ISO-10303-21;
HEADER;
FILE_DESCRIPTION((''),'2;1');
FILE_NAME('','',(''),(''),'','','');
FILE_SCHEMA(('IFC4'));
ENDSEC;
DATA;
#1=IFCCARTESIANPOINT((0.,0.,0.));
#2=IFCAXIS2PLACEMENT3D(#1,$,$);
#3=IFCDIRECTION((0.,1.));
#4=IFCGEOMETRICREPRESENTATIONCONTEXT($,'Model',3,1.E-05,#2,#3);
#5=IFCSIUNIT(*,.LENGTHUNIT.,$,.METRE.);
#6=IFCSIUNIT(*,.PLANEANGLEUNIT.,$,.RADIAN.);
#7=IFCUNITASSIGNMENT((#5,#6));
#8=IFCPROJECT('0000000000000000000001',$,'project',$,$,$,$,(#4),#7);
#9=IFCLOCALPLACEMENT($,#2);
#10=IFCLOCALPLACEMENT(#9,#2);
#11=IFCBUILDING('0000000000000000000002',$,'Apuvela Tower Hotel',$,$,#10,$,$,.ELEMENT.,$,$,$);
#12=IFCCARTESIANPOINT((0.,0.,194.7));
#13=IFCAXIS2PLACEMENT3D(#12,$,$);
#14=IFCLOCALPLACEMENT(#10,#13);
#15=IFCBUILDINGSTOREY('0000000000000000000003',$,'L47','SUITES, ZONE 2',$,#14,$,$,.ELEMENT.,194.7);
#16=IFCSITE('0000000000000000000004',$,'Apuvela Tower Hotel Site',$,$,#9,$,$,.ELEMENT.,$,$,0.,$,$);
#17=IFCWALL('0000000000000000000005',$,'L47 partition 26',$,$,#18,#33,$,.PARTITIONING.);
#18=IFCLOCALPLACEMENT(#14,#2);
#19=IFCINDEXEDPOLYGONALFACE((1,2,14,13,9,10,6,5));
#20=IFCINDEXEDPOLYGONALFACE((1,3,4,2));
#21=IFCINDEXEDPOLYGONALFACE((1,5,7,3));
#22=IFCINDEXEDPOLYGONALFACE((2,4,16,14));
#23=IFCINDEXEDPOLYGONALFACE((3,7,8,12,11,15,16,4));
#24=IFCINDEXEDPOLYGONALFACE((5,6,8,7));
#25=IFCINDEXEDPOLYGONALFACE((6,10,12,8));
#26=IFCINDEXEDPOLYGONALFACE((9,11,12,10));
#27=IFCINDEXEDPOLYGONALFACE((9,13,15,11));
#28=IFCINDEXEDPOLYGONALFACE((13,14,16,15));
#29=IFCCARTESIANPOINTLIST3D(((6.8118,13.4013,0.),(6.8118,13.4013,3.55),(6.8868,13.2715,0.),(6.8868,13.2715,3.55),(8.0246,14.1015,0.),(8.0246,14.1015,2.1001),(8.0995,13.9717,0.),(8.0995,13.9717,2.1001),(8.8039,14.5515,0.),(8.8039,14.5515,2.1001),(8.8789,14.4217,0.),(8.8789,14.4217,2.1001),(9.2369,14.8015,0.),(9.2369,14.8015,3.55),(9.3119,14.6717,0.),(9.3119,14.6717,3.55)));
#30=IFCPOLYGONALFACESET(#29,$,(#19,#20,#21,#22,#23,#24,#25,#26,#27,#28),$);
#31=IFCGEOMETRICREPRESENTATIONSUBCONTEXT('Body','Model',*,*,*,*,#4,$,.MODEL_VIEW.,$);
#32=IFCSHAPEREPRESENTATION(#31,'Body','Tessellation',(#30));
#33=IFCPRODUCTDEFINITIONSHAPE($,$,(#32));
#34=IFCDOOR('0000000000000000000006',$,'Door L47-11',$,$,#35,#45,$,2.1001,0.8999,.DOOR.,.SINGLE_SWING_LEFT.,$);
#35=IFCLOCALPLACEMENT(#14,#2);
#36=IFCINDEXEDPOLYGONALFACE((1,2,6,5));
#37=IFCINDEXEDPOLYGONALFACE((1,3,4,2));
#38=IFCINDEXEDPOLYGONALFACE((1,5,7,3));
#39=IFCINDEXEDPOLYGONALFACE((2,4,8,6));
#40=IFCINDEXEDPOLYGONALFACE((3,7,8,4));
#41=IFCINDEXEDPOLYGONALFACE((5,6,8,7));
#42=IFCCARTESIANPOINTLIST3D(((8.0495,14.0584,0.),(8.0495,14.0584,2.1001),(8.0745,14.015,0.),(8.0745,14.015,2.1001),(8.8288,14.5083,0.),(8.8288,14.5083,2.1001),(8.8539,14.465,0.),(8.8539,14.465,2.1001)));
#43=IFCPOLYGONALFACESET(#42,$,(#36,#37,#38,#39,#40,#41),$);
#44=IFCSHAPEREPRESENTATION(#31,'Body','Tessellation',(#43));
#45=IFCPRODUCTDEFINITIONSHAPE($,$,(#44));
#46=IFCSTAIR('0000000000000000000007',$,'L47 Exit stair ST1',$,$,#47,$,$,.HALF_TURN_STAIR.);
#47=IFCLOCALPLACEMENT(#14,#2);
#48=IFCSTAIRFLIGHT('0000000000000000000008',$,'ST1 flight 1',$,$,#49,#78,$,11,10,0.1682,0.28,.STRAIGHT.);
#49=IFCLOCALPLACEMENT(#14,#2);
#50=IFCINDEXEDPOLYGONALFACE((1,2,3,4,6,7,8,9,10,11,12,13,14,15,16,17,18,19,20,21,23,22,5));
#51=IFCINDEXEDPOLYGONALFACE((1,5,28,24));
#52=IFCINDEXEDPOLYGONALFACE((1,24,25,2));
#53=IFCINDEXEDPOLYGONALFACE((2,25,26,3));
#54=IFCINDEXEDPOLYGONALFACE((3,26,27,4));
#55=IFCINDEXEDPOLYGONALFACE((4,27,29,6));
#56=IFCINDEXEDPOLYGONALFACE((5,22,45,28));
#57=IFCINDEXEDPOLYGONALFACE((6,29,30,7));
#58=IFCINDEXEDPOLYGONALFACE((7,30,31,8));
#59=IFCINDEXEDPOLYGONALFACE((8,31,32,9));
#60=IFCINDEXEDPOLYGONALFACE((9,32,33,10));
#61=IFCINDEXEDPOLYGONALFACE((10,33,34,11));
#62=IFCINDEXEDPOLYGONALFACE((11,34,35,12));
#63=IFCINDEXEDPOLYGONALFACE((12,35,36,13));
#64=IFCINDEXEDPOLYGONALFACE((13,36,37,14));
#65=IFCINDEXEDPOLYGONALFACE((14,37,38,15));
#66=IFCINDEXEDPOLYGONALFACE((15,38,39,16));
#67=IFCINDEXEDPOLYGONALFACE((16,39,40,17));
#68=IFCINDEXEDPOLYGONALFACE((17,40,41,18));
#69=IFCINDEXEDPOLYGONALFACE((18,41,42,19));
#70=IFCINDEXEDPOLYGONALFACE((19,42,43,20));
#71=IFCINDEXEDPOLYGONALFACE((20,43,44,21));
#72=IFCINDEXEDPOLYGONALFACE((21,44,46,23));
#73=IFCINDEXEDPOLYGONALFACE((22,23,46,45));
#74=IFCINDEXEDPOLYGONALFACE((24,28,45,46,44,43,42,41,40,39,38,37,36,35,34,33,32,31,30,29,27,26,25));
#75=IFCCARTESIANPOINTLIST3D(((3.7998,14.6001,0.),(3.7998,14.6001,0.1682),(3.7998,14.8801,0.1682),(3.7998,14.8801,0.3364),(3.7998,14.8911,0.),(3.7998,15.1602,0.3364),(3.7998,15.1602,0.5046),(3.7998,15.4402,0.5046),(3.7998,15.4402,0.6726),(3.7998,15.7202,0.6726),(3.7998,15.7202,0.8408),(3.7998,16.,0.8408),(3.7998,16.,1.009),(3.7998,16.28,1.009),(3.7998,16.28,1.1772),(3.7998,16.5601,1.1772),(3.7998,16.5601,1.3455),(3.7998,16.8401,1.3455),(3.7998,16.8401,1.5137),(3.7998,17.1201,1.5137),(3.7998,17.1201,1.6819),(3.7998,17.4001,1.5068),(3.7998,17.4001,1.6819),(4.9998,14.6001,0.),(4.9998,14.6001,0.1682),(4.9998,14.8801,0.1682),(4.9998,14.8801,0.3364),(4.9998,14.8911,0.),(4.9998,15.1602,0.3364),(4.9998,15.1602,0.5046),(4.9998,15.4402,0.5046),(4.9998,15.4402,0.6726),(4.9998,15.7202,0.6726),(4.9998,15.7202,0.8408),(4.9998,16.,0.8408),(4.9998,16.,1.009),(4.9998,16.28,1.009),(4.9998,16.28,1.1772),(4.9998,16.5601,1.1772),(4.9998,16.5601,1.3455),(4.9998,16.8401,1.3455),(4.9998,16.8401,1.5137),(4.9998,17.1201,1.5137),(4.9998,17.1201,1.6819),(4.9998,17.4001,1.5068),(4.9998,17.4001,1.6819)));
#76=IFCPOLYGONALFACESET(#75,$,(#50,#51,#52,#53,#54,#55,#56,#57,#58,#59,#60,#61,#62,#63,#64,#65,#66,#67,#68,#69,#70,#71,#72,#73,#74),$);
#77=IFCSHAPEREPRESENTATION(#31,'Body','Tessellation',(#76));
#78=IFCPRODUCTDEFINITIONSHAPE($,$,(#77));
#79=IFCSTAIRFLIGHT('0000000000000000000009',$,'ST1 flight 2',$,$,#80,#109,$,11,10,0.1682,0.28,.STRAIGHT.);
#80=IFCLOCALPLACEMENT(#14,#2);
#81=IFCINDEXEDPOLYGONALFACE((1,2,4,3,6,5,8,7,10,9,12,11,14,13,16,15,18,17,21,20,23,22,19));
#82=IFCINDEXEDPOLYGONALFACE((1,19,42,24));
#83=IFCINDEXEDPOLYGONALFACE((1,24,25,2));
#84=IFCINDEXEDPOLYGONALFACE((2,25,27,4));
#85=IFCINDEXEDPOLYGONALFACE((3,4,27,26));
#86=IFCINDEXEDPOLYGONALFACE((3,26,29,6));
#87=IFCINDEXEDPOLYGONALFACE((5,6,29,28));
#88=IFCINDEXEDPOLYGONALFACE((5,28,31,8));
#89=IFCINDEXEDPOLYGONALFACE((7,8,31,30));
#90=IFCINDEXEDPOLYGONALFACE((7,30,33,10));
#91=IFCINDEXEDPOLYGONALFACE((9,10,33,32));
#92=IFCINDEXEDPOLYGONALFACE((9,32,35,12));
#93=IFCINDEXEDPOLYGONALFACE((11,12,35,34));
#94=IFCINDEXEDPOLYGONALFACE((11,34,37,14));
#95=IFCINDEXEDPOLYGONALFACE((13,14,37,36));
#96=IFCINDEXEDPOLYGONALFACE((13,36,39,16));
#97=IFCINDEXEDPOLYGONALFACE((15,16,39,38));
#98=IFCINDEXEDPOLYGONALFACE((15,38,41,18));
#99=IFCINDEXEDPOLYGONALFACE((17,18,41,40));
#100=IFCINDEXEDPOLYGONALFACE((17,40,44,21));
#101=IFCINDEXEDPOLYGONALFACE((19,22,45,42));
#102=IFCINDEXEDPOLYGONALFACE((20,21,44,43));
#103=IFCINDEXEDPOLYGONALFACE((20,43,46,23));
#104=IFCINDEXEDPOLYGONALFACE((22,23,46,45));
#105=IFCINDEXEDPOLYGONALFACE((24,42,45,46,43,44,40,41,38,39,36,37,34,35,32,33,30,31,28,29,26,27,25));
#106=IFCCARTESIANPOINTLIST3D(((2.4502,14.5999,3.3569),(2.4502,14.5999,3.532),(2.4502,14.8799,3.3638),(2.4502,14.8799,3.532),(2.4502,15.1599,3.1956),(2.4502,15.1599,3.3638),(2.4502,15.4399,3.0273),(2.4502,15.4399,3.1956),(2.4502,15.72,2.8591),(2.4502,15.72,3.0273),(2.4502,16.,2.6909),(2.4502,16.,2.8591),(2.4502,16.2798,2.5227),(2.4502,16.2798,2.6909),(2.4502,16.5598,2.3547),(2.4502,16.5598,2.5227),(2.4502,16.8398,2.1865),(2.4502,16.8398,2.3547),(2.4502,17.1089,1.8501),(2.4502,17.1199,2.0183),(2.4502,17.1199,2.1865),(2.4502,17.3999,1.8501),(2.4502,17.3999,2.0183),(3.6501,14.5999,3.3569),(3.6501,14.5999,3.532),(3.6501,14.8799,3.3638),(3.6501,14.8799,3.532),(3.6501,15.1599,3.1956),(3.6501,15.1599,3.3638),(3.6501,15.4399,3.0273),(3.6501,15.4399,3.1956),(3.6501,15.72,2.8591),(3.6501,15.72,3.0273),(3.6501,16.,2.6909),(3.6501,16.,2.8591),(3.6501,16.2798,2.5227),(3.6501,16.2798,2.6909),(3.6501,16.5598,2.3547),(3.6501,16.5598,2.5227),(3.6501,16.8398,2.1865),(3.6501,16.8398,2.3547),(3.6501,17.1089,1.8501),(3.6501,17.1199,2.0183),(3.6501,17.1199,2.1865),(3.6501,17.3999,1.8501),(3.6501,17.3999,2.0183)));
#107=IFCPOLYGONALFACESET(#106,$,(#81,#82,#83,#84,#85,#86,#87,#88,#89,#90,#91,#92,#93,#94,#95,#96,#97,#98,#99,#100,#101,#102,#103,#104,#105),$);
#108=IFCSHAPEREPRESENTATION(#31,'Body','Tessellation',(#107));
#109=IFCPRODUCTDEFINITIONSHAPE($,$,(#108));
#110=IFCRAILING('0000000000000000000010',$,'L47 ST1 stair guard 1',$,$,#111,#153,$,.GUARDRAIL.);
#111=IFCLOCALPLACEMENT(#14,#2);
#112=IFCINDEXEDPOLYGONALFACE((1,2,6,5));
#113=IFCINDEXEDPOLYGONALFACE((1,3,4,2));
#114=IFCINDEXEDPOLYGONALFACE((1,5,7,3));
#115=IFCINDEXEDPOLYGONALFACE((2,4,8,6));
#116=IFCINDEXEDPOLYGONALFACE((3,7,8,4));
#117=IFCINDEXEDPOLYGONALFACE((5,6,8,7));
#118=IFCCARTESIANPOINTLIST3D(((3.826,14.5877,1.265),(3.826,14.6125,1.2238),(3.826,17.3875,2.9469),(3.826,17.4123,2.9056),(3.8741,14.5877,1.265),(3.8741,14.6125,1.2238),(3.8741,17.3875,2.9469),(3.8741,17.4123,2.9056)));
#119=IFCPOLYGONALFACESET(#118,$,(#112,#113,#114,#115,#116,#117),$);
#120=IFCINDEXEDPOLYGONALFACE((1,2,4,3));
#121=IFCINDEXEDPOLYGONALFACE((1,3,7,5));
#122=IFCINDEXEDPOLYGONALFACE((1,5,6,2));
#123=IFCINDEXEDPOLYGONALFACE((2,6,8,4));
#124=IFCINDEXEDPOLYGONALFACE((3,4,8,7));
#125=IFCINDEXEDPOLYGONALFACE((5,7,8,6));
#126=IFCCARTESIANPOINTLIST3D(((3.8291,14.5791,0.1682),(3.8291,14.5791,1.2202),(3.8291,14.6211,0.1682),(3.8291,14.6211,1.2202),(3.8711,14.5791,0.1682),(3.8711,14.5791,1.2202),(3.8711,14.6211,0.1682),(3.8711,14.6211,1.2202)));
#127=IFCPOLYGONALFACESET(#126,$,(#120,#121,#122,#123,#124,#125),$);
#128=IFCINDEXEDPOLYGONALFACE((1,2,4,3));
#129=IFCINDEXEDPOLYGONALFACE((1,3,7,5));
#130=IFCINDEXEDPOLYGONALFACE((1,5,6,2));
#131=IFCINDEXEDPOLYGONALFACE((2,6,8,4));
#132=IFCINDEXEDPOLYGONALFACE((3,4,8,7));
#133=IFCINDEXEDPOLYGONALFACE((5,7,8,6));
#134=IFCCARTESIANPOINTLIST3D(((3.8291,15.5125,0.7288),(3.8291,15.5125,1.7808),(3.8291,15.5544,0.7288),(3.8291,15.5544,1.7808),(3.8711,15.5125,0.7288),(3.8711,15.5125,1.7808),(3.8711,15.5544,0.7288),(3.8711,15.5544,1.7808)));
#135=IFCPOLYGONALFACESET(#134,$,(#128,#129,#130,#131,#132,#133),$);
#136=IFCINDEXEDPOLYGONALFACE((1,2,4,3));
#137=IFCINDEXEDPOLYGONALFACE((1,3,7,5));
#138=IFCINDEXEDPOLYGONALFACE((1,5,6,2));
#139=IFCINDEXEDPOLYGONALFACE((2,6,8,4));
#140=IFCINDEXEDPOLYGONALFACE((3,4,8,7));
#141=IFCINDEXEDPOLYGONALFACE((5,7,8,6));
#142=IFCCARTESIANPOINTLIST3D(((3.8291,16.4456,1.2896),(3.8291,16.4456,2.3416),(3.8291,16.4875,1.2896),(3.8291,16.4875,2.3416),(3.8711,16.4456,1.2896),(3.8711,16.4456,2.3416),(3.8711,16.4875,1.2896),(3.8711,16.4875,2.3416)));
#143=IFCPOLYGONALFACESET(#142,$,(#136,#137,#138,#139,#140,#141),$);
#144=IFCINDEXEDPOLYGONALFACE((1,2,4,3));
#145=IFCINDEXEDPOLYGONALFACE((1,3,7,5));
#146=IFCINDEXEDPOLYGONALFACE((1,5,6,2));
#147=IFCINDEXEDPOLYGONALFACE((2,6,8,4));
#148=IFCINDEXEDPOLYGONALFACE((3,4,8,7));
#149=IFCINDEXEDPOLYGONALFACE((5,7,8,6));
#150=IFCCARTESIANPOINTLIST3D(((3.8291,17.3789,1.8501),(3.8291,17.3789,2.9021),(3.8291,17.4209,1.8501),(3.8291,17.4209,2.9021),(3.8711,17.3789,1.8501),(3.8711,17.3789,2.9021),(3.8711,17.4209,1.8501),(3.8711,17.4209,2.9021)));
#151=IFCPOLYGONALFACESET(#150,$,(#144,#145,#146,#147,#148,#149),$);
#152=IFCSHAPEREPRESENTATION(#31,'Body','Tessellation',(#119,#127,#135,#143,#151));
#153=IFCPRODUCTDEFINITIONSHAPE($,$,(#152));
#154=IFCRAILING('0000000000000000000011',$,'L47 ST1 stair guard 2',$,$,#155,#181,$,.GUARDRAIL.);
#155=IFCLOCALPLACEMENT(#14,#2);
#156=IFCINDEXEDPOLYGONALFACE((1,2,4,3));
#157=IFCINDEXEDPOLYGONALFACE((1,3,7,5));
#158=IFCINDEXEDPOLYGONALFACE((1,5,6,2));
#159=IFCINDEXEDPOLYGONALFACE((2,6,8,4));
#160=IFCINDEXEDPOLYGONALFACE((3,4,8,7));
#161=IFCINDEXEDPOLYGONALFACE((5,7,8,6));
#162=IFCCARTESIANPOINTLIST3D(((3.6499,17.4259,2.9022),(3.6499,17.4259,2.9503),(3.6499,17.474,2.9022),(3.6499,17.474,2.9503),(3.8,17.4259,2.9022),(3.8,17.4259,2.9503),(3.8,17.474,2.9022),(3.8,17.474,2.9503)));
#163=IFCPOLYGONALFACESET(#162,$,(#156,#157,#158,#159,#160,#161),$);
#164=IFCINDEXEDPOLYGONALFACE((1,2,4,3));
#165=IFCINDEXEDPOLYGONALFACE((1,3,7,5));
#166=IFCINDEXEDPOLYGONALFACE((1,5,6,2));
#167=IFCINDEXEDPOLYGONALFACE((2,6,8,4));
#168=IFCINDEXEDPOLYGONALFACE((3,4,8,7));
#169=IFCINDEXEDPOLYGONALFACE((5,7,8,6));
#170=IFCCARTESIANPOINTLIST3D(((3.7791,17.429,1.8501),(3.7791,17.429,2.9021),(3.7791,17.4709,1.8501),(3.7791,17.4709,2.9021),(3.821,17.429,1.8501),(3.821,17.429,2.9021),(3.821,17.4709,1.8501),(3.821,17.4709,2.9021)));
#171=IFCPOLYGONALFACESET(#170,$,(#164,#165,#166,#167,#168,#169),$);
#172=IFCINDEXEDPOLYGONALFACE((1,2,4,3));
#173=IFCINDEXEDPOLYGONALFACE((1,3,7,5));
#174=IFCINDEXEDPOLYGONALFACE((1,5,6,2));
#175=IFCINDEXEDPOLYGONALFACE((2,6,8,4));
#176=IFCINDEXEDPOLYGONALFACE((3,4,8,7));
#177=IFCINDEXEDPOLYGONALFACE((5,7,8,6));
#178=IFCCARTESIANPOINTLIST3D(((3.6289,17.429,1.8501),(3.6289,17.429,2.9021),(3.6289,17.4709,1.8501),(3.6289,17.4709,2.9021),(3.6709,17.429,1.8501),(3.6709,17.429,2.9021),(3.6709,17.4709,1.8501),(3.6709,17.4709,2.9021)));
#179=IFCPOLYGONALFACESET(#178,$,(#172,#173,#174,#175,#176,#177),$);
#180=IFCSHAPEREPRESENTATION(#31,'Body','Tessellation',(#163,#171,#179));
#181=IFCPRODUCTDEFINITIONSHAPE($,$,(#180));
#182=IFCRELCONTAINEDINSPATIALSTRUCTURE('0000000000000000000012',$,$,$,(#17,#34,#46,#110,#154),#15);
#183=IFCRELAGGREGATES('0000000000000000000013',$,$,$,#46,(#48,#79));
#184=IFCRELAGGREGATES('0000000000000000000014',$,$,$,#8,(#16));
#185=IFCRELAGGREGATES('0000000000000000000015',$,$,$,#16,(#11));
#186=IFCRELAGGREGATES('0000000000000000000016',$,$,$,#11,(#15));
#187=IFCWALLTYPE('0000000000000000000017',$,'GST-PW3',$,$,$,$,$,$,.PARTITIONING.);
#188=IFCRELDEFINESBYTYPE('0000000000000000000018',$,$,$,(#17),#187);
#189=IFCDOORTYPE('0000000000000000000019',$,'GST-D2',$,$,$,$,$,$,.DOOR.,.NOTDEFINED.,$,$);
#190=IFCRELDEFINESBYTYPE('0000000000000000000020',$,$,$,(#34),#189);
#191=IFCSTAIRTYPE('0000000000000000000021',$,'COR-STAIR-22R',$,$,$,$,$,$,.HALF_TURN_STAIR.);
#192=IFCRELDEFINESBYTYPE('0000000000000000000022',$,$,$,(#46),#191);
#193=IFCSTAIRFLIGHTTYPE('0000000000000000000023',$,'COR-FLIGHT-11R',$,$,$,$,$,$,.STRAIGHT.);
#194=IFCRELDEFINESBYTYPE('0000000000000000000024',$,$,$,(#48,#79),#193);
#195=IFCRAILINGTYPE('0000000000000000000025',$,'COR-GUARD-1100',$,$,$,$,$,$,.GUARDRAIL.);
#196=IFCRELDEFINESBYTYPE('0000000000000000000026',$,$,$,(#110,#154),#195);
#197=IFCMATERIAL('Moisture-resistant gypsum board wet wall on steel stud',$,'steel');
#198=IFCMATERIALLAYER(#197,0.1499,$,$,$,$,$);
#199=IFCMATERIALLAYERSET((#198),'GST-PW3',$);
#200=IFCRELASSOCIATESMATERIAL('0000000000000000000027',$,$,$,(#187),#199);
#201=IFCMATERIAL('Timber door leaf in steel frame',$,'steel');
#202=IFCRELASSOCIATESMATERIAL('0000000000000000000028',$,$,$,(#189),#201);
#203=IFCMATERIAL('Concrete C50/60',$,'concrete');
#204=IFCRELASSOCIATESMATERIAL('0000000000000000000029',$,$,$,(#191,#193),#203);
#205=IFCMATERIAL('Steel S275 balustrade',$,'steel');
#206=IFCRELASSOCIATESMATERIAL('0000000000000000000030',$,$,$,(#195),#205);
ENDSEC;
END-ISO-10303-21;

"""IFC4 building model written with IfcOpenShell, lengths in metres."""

from ifc_helpers import new_model, si_unit, direction, frame, frame_2d, origin, origin_2d, place, context, subcontext, project, spatial, polyline, rectangle, outline, extrude, material, layer, layer_set, type_object, element, fill, aggregate, save


model = new_model("IFC4")

# Units and contexts
model_context = context("Model", 3, precision=1e-05, world=origin(), true_north=direction((0.0, 1.0)))
body_context = subcontext(model_context, "Body", "Model", "MODEL_VIEW")
ifc_project = project(units=[si_unit("LENGTHUNIT", "METRE"), si_unit("PLANEANGLEUNIT", "RADIAN")], contexts=[model_context])

# Site, building, storey
site_placement = place(None, origin())
site = spatial("IfcSite", under=ifc_project, at=site_placement, Name="Apuvela Tower Hotel Site", CompositionType="ELEMENT", RefElevation=0.0)
building_placement = place(site_placement, origin())
building = spatial("IfcBuilding", under=site, at=building_placement, Name="Apuvela Tower Hotel", CompositionType="ELEMENT")
storey_placement = place(building_placement, frame((0.0, 0.0, 194.7)))
storey = spatial("IfcBuildingStorey", under=building, at=storey_placement, Name="L47", Description="SUITES, ZONE 2", CompositionType="ELEMENT", Elevation=194.7)

# Shared definitions
ifc_material_1 = material(Name="Concrete C50/60", Category="concrete")

# Wall, opening, door
ifc_material_2 = material(Name="Moisture-resistant gypsum board wet wall on steel stud", Category="steel")
ifc_layer_1 = layer(ifc_material_2, 0.1499)
ifc_layer_set_1 = layer_set([ifc_layer_1], Name="GST-PW3")
wall_type_1 = type_object("IfcWallType", Name="GST-PW3", PredefinedType="PARTITIONING", material=ifc_layer_set_1)
wall_1_placement = place(storey_placement, frame((9.2744, 14.7366, 0.0), z_axis=(0.0, 0.0, 1.0), x_axis=(-0.866019, -0.500012, 0.0)))
wall_1 = element("IfcWall", 1, at=wall_1_placement, inside=storey, type_object=wall_type_1, Name="L47 partition 26", PredefinedType="PARTITIONING", context=body_context, shape_type="SweptSolid", body=[
    extrude(rectangle(XDim=2.8003, YDim=0.1499, at=frame_2d((1.4001, 0.0))), origin(), (0.0, 0.0, 1.0), 3.55),
])
opening_1_placement = place(wall_1_placement, frame((0.5, 0.0, 0.0)))
opening_1 = element("IfcOpeningElement", 2, at=opening_1_placement, cuts=wall_1, PredefinedType="OPENING", context=body_context, shape_type="SweptSolid", body=[
    extrude(rectangle(XDim=0.8999, YDim=2.1001, at=frame_2d((0.45, 1.05))), frame((0.0, 0.085, 0.0), z_axis=(0.0, -1.0, 0.0), x_axis=(1.0, 0.0, 0.0)), (0.0, 0.0, 1.0), 0.1699),
])
ifc_material_3 = material(Name="Timber door leaf in steel frame", Category="steel")
door_type_1 = type_object("IfcDoorType", Name="GST-D2", OperationType="NOTDEFINED", PredefinedType="DOOR", material=ifc_material_3)
door_1_placement = place(opening_1_placement, origin())
door_1 = element("IfcDoor", 3, at=door_1_placement, inside=storey, type_object=door_type_1, Name="Door L47-11", OperationType="SINGLE_SWING_LEFT", OverallHeight=2.1001, OverallWidth=0.8999, PredefinedType="DOOR", context=body_context, shape_type="SweptSolid", body=[
    extrude(rectangle(XDim=0.8999, YDim=2.1001, at=frame_2d((0.45, 1.05))), frame((0.0, 0.0249, 0.0), z_axis=(0.0, -1.0, 0.0), x_axis=(1.0, 0.0, 0.0)), (0.0, 0.0, 1.0), 0.05),
])
fill(opening_1, door_1)

# Stair, stair flights
stair_type = type_object("IfcStairType", Name="COR-STAIR-22R", PredefinedType="HALF_TURN_STAIR", material=ifc_material_1)
stair_placement = place(storey_placement, origin())
stair = element("IfcStair", 4, at=stair_placement, inside=storey, type_object=stair_type, Name="L47 Exit stair ST1", PredefinedType="HALF_TURN_STAIR")
stair_flight_type = type_object("IfcStairFlightType", Name="COR-FLIGHT-11R", PredefinedType="STRAIGHT", material=ifc_material_1)
stair_flight_1_placement = place(storey_placement, frame((4.3999, 14.6001, 0.0), z_axis=(0.0, 0.0, 1.0), x_axis=(0.0, 1.0, 0.0)))
stair_flight_1 = element("IfcStairFlight", 5, at=stair_flight_1_placement, type_object=stair_flight_type, Name="ST1 flight 1", NumberOfRisers=11, NumberOfTreads=10, PredefinedType="STRAIGHT", RiserHeight=0.1682, TreadLength=0.28, context=body_context, shape_type="SweptSolid", body=[
    extrude(outline(polyline([(0.0, 0.0), (0.0, 0.1682), (0.28, 0.1682), (0.28, 0.3364), (0.5601, 0.3364), (0.5601, 0.5046), (0.8401, 0.5046), (0.8401, 0.6726), (1.1201, 0.6726), (1.1201, 0.8408), (1.3999, 0.8408), (1.3999, 1.009), (1.6799, 1.009), (1.6799, 1.1772), (1.96, 1.1772), (1.96, 1.3455), (2.24, 1.3455), (2.24, 1.5137), (2.52, 1.5137), (2.52, 1.6819), (2.8, 1.6819), (2.8, 1.8501), (2.8, 1.5068), (0.291, 0.0), (0.0, 0.0)])), frame((0.0, 0.6001, 0.0), z_axis=(0.0, -1.0, 0.0), x_axis=(1.0, 0.0, 0.0)), (0.0, 0.0, 1.0), 1.2),
])
stair_flight_2_placement = place(storey_placement, frame((3.05, 17.3999, 1.8501), z_axis=(0.0, 0.0, 1.0), x_axis=(0.0, -1.0, 0.0)))
stair_flight_2 = element("IfcStairFlight", 6, at=stair_flight_2_placement, type_object=stair_flight_type, Name="ST1 flight 2", NumberOfRisers=11, NumberOfTreads=10, PredefinedType="STRAIGHT", RiserHeight=0.1682, TreadLength=0.28, context=body_context, shape_type="SweptSolid", body=[
    extrude(outline(polyline([(0.0, 0.0), (0.0, 0.1682), (0.28, 0.1682), (0.28, 0.3364), (0.5601, 0.3364), (0.5601, 0.5046), (0.8401, 0.5046), (0.8401, 0.6726), (1.1201, 0.6726), (1.1201, 0.8408), (1.3999, 0.8408), (1.3999, 1.009), (1.6799, 1.009), (1.6799, 1.1772), (1.96, 1.1772), (1.96, 1.3455), (2.24, 1.3455), (2.24, 1.5137), (2.52, 1.5137), (2.52, 1.6819), (2.8, 1.6819), (2.8, 1.8501), (2.8, 1.5068), (0.291, 0.0), (0.0, 0.0)])), frame((0.0, 0.6001, 0.0), z_axis=(0.0, -1.0, 0.0), x_axis=(1.0, 0.0, 0.0)), (0.0, 0.0, 1.0), 1.2),
])
aggregate(stair, [stair_flight_1, stair_flight_2])

# Railings
ifc_material_4 = material(Name="Steel S275 balustrade", Category="steel")
railing_type_1 = type_object("IfcRailingType", Name="COR-GUARD-1100", PredefinedType="GUARDRAIL", material=ifc_material_4)
railing_1_placement = place(storey_placement, frame((3.8501, 14.6001, 0.1682)))
element("IfcRailing", 7, at=railing_1_placement, inside=storey, type_object=railing_type_1, Name="L47 ST1 stair guard 1", PredefinedType="GUARDRAIL", context=body_context, shape_type="SweptSolid", body=[
    extrude(rectangle(XDim=0.0481, YDim=0.0481, at=origin_2d()), frame((0.0, 0.0, 1.0762), z_axis=(0.0, 0.857222, 0.514946), x_axis=(-1.0, 0.0, 0.0)), (0.0, 0.0, 1.0), 3.2661),
    extrude(rectangle(XDim=0.042, YDim=0.042, at=origin_2d()), origin(), (0.0, 0.0, 1.0), 1.052),
    extrude(rectangle(XDim=0.042, YDim=0.042, at=origin_2d()), frame((0.0, 0.9333, 0.5605)), (0.0, 0.0, 1.0), 1.052),
    extrude(rectangle(XDim=0.042, YDim=0.042, at=origin_2d()), frame((0.0, 1.8665, 1.1213)), (0.0, 0.0, 1.0), 1.052),
    extrude(rectangle(XDim=0.042, YDim=0.042, at=origin_2d()), frame((0.0, 2.7998, 1.6819)), (0.0, 0.0, 1.0), 1.052),
])
railing_2_placement = place(storey_placement, frame((3.8, 17.45, 1.8501)))
element("IfcRailing", 8, at=railing_2_placement, inside=storey, type_object=railing_type_1, Name="L47 ST1 stair guard 2", PredefinedType="GUARDRAIL", context=body_context, shape_type="SweptSolid", body=[
    extrude(rectangle(XDim=0.0481, YDim=0.0481, at=origin_2d()), frame((0.0, 0.0, 1.0762), z_axis=(-1.0, 0.0, 0.0), x_axis=(0.0, -1.0, 0.0)), (0.0, 0.0, 1.0), 0.1501),
    extrude(rectangle(XDim=0.042, YDim=0.042, at=origin_2d()), origin(), (0.0, 0.0, 1.0), 1.052),
    extrude(rectangle(XDim=0.042, YDim=0.042, at=origin_2d()), frame((-0.1501, 0.0, 0.0)), (0.0, 0.0, 1.0), 1.052),
])

save(model, "model.ifc")
